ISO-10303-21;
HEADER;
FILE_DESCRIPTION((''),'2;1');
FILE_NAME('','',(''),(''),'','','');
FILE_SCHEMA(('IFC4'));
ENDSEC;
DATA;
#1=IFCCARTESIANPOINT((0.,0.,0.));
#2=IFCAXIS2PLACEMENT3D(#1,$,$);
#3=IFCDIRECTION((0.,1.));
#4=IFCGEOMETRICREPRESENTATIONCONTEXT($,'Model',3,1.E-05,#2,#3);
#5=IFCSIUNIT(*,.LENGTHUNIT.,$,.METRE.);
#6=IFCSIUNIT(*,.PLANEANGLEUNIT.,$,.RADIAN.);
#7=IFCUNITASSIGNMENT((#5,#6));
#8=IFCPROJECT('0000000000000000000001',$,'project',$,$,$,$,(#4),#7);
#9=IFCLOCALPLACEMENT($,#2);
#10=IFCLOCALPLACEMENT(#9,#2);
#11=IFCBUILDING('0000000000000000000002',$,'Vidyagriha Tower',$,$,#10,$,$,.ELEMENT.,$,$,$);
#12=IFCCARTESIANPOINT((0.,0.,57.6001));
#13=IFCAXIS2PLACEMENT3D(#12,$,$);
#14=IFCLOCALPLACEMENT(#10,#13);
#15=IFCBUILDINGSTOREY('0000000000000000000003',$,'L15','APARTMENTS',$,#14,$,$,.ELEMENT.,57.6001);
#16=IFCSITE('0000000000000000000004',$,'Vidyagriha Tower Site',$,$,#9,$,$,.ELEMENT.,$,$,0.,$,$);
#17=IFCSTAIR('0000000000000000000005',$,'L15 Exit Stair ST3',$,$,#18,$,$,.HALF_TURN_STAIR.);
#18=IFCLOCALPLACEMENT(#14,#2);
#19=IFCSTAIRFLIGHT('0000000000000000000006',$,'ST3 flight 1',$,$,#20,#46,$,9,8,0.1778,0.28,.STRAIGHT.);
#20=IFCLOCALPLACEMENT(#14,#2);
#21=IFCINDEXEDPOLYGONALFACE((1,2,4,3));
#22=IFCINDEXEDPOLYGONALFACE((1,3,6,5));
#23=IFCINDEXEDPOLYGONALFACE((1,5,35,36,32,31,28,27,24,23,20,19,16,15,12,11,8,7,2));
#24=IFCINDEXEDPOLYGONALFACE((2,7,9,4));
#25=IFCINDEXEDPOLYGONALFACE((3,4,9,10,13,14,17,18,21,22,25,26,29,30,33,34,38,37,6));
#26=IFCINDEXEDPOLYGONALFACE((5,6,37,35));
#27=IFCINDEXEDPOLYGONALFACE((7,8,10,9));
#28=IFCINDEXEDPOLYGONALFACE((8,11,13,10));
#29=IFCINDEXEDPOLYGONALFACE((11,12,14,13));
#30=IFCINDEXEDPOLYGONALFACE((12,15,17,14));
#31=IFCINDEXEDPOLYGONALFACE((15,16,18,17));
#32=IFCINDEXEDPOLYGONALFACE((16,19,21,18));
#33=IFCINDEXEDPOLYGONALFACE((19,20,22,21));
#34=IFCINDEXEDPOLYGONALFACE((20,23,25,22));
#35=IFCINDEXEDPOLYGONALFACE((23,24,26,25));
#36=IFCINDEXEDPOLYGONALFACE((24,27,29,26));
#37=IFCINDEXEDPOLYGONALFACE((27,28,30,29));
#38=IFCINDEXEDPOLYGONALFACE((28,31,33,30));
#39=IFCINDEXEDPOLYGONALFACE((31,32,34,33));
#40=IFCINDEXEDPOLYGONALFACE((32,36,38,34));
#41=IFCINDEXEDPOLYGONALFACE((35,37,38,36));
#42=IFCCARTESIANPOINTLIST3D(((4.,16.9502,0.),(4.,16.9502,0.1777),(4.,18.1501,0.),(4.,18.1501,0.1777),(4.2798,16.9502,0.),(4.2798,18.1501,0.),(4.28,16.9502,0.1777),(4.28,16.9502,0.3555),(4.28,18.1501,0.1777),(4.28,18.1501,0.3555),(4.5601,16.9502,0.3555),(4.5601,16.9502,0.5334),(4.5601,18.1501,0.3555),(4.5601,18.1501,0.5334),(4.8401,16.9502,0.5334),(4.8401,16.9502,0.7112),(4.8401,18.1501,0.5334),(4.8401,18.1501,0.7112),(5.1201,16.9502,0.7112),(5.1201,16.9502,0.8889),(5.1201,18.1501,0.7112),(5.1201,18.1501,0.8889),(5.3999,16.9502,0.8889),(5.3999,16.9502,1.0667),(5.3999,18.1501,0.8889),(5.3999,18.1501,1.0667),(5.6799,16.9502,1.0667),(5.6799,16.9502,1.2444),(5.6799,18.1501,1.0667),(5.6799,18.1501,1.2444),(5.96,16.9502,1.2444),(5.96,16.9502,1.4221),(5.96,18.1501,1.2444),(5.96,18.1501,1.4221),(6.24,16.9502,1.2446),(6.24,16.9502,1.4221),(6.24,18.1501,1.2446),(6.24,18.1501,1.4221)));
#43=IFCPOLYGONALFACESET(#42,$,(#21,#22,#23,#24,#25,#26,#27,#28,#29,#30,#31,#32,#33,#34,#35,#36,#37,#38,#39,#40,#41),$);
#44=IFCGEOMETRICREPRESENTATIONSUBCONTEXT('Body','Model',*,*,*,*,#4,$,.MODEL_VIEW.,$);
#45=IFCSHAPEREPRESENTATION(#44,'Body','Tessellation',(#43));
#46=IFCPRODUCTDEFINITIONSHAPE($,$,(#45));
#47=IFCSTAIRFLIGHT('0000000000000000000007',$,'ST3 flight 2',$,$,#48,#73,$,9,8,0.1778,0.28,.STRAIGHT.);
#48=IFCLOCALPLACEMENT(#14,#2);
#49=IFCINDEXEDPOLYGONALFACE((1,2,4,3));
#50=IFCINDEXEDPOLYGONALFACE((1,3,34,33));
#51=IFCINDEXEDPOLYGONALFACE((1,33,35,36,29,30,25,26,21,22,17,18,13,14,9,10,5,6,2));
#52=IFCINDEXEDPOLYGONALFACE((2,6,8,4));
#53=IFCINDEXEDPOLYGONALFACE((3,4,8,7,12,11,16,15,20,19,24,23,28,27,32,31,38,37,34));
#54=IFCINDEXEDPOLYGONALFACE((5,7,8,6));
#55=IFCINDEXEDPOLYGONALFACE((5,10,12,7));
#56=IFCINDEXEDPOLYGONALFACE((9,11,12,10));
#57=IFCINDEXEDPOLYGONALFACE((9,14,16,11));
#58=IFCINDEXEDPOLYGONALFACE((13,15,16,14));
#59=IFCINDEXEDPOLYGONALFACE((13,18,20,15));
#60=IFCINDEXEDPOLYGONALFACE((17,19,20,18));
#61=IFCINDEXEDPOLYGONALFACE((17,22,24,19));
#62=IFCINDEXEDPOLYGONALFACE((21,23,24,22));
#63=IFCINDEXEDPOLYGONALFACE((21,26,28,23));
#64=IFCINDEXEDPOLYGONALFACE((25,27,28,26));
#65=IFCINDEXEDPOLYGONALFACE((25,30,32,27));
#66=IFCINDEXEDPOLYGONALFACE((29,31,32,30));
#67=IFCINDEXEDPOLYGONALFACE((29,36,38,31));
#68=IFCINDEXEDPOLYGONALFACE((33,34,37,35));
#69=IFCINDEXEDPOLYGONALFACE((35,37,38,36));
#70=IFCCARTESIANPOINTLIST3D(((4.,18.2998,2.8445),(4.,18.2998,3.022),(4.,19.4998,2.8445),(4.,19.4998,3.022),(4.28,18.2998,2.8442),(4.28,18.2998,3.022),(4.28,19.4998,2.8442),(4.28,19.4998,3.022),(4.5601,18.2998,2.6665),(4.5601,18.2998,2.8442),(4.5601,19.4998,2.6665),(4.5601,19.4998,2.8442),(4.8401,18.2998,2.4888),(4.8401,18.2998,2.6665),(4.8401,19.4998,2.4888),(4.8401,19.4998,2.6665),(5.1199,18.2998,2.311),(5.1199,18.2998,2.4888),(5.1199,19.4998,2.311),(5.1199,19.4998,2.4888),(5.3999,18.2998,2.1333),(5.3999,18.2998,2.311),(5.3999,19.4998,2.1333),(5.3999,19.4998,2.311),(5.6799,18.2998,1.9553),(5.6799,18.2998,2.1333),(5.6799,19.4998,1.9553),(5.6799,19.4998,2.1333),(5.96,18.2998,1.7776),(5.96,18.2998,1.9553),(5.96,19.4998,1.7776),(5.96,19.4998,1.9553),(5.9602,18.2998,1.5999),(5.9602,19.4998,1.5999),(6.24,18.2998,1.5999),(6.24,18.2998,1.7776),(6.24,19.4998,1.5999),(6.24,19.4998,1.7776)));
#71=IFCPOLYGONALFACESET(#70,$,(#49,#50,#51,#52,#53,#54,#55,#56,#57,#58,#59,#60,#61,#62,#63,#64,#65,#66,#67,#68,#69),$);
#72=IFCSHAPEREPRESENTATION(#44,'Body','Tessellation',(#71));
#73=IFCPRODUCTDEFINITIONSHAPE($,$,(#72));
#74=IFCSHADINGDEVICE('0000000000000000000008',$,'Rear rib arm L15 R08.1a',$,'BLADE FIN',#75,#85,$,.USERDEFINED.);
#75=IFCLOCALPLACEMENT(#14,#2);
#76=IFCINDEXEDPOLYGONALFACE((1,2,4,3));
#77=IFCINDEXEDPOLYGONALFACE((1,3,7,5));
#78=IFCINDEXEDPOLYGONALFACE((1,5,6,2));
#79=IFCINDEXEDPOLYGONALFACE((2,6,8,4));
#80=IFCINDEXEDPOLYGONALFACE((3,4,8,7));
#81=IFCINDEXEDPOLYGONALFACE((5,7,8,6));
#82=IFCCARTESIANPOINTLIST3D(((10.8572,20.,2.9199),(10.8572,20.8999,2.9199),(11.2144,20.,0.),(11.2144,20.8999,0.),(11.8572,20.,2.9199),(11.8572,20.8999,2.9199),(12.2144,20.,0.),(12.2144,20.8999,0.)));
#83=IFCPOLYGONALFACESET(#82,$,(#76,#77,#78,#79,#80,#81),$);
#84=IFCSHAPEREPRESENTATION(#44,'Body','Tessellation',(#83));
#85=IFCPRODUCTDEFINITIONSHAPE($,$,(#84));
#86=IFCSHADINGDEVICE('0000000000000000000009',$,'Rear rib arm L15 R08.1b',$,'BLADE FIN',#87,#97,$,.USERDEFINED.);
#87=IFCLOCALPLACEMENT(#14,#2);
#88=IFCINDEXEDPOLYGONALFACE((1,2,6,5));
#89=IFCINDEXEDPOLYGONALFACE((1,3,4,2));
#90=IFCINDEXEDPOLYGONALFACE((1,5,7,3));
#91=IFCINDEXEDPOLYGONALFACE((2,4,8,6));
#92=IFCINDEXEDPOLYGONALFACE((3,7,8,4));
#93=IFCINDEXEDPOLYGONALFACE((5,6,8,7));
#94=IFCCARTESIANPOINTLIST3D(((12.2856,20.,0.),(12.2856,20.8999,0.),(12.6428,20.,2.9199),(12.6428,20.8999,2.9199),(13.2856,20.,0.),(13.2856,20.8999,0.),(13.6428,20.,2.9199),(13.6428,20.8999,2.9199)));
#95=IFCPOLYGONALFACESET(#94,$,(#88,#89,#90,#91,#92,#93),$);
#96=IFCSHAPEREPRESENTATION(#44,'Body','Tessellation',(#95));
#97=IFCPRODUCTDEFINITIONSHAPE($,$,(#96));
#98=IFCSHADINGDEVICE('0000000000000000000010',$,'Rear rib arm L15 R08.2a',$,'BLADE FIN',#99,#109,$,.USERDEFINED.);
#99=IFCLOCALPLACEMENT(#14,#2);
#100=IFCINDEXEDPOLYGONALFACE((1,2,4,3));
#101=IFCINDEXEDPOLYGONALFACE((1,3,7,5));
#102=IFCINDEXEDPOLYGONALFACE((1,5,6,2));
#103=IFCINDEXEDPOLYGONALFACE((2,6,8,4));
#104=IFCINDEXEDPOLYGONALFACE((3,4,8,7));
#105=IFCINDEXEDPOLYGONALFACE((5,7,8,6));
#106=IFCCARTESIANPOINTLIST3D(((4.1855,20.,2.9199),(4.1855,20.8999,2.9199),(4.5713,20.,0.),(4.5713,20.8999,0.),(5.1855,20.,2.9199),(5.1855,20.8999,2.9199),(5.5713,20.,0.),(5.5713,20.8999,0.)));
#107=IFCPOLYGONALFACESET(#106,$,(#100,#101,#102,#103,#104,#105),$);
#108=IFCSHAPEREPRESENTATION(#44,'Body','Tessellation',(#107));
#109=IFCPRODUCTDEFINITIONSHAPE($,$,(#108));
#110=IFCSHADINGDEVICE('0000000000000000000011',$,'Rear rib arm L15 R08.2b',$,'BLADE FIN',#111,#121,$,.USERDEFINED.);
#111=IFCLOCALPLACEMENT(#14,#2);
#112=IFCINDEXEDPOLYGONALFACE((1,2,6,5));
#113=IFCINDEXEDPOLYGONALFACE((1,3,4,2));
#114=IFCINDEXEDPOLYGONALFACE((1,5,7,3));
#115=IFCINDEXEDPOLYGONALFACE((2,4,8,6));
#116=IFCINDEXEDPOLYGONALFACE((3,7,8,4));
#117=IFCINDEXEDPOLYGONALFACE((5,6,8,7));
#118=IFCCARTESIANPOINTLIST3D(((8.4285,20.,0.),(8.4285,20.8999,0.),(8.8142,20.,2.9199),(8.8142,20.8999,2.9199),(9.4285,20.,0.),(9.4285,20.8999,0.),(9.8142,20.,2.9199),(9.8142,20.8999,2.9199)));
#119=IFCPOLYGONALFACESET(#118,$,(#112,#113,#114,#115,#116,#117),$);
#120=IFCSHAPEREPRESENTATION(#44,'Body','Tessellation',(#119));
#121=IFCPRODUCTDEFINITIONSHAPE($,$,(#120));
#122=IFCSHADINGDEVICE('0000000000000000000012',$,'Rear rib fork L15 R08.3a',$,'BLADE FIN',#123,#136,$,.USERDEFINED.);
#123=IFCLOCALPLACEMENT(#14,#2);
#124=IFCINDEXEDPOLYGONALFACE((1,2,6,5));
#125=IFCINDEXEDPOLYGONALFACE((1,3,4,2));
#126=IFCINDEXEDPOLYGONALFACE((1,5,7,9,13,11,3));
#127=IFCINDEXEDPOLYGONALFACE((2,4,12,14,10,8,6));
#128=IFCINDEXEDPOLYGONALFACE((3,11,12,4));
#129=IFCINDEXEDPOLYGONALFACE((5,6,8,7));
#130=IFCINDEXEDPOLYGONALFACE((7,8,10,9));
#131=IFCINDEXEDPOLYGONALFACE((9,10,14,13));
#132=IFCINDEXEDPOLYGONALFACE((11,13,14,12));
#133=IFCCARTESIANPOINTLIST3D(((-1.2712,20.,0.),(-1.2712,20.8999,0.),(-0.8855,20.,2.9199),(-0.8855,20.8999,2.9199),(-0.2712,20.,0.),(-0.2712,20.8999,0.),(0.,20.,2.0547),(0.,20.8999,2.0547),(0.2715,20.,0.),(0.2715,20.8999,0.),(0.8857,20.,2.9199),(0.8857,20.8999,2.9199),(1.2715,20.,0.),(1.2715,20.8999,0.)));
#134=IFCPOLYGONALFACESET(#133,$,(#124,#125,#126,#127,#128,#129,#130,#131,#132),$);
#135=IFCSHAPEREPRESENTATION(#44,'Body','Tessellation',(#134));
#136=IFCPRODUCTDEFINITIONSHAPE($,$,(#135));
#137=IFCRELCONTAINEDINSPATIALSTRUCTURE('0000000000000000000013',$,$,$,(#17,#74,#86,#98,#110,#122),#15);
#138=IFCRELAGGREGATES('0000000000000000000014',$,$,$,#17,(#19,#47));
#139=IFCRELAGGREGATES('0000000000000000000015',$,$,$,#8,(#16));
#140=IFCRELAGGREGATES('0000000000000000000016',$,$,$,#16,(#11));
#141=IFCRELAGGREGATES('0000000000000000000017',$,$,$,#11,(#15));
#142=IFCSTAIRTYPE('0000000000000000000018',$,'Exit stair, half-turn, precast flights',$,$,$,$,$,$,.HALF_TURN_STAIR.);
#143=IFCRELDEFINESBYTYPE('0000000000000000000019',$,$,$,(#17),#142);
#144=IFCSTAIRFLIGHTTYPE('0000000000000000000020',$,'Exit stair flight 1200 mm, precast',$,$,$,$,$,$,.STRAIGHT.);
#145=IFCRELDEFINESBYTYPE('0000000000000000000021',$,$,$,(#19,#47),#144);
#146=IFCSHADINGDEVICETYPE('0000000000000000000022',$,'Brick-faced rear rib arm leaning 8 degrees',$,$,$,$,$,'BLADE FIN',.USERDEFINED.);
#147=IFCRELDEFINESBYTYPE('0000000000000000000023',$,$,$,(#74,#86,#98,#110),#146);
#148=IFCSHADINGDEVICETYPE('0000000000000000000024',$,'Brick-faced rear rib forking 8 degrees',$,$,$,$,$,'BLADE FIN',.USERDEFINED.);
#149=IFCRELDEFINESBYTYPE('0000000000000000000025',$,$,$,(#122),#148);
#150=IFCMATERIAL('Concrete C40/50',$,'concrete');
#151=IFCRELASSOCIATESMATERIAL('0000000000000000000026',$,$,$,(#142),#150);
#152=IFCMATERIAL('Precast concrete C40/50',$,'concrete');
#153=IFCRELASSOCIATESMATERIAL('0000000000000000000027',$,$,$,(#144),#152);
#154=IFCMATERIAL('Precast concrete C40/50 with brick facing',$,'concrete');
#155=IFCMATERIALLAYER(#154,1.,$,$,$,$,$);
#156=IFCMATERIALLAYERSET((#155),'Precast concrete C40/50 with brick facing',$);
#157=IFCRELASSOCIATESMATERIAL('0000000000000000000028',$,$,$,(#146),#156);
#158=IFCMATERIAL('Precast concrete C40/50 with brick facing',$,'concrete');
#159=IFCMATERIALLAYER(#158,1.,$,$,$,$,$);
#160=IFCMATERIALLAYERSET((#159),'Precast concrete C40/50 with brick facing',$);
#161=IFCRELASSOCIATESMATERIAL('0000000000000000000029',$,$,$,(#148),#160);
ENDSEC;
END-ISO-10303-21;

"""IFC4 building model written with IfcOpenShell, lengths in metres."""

from ifc_helpers import new_model, si_unit, direction, frame, origin, place, context, subcontext, project, spatial, polyline, outline, extrude, material, layer, layer_set, type_object, element, aggregate, save


model = new_model("IFC4")

# Units and contexts
model_context = context("Model", 3, precision=1e-05, world=origin(), true_north=direction((0.0, 1.0)))
body_context = subcontext(model_context, "Body", "Model", "MODEL_VIEW")
ifc_project = project(units=[si_unit("LENGTHUNIT", "METRE"), si_unit("PLANEANGLEUNIT", "RADIAN")], contexts=[model_context])

# Site, building, storey
site_placement = place(None, origin())
site = spatial("IfcSite", under=ifc_project, at=site_placement, Name="Vidyagriha Tower Site", CompositionType="ELEMENT", RefElevation=0.0)
building_placement = place(site_placement, origin())
building = spatial("IfcBuilding", under=site, at=building_placement, Name="Vidyagriha Tower", CompositionType="ELEMENT")
storey_placement = place(building_placement, frame((0.0, 0.0, 57.6001)))
storey = spatial("IfcBuildingStorey", under=building, at=storey_placement, Name="L15", Description="APARTMENTS", CompositionType="ELEMENT", Elevation=57.6001)

# Shared definitions
ifc_material_1 = material(Name="Concrete C40/50", Category="concrete")
stair_type = type_object("IfcStairType", Name="Exit stair, half-turn, precast flights", PredefinedType="HALF_TURN_STAIR", material=ifc_material_1)
ifc_material_2 = material(Name="Precast concrete C40/50", Category="concrete")
stair_flight_type = type_object("IfcStairFlightType", Name="Exit stair flight 1200 mm, precast", PredefinedType="STRAIGHT", material=ifc_material_2)

# Stair, stair flights
stair_1_placement = place(storey_placement, origin())
stair_1 = element("IfcStair", 1, at=stair_1_placement, inside=storey, type_object=stair_type, Name="L15 Exit Stair ST3", PredefinedType="HALF_TURN_STAIR")
stair_flight_1_placement = place(storey_placement, frame((4.0, 17.55, 0.0)))
stair_flight_1 = element("IfcStairFlight", 2, at=stair_flight_1_placement, type_object=stair_flight_type, Name="ST3 flight 1", NumberOfRisers=9, NumberOfTreads=8, PredefinedType="STRAIGHT", RiserHeight=0.1778, TreadLength=0.28, context=body_context, shape_type="SweptSolid", body=[
    extrude(outline(polyline([(0.0, 0.0), (0.0, 0.1777), (0.28, 0.1777), (0.28, 0.3555), (0.5601, 0.3555), (0.5601, 0.5334), (0.8401, 0.5334), (0.8401, 0.7112), (1.1201, 0.7112), (1.1201, 0.8889), (1.3999, 0.8889), (1.3999, 1.0667), (1.6799, 1.0667), (1.6799, 1.2444), (1.96, 1.2444), (1.96, 1.4221), (2.24, 1.4221), (2.24, 1.6001), (2.24, 1.2446), (0.2798, 0.0), (0.0, 0.0)])), frame((0.0, 0.6001, 0.0), z_axis=(0.0, -1.0, 0.0), x_axis=(1.0, 0.0, 0.0)), (0.0, 0.0, 1.0), 1.2),
])
stair_flight_2_placement = place(storey_placement, frame((6.24, 18.8999, 1.5999), z_axis=(0.0, 0.0, 1.0), x_axis=(-1.0, 0.0, 0.0)))
stair_flight_2 = element("IfcStairFlight", 3, at=stair_flight_2_placement, type_object=stair_flight_type, Name="ST3 flight 2", NumberOfRisers=9, NumberOfTreads=8, PredefinedType="STRAIGHT", RiserHeight=0.1778, TreadLength=0.28, context=body_context, shape_type="SweptSolid", body=[
    extrude(outline(polyline([(0.0, 0.0), (0.0, 0.1777), (0.28, 0.1777), (0.28, 0.3555), (0.5601, 0.3555), (0.5601, 0.5334), (0.8401, 0.5334), (0.8401, 0.7112), (1.1201, 0.7112), (1.1201, 0.8889), (1.3999, 0.8889), (1.3999, 1.0667), (1.6799, 1.0667), (1.6799, 1.2444), (1.96, 1.2444), (1.96, 1.4221), (2.24, 1.4221), (2.24, 1.6001), (2.24, 1.2446), (0.2798, 0.0), (0.0, 0.0)])), frame((0.0, 0.6001, 0.0), z_axis=(0.0, -1.0, 0.0), x_axis=(1.0, 0.0, 0.0)), (0.0, 0.0, 1.0), 1.2),
])
aggregate(stair_1, [stair_flight_1, stair_flight_2])

# Shading devices
ifc_material_3 = material(Name="Precast concrete C40/50 with brick facing", Category="concrete")
ifc_layer_1 = layer(ifc_material_3, 1.0)
ifc_layer_set_1 = layer_set([ifc_layer_1], Name="Precast concrete C40/50 with brick facing")
shading_device_type_1 = type_object("IfcShadingDeviceType", Name="Brick-faced rear rib arm leaning 8 degrees", ElementType="BLADE FIN", PredefinedType="USERDEFINED", material=ifc_layer_set_1)
shading_device_1_placement = place(storey_placement, frame((12.2144, 20.45, 0.0), z_axis=(0.0, 0.0, 1.0), x_axis=(-1.0, 0.0, 0.0)))
element("IfcShadingDevice", 4, at=shading_device_1_placement, inside=storey, type_object=shading_device_type_1, Name="Rear rib arm L15 R08.1a", ObjectType="BLADE FIN", PredefinedType="USERDEFINED", context=body_context, shape_type="SweptSolid", body=[
    extrude(outline(polyline([(0.0, 0.0), (1.0, 0.0), (1.3572, 2.9199), (0.3572, 2.9199), (0.0, 0.0)])), frame((0.0, 0.45, 0.0), z_axis=(0.0, -1.0, 0.0), x_axis=(1.0, 0.0, 0.0)), (0.0, 0.0, 1.0), 0.8999),
])
shading_device_2_placement = place(storey_placement, frame((13.6428, 20.45, 0.0), z_axis=(0.0, 0.0, 1.0), x_axis=(-1.0, 0.0, 0.0)))
element("IfcShadingDevice", 5, at=shading_device_2_placement, inside=storey, type_object=shading_device_type_1, Name="Rear rib arm L15 R08.1b", ObjectType="BLADE FIN", PredefinedType="USERDEFINED", context=body_context, shape_type="SweptSolid", body=[
    extrude(outline(polyline([(0.3572, 0.0), (1.3572, 0.0), (1.0, 2.9199), (0.0, 2.9199), (0.3572, 0.0)])), frame((0.0, 0.45, 0.0), z_axis=(0.0, -1.0, 0.0), x_axis=(1.0, 0.0, 0.0)), (0.0, 0.0, 1.0), 0.8999),
])
shading_device_3_placement = place(storey_placement, frame((5.5713, 20.45, 0.0), z_axis=(0.0, 0.0, 1.0), x_axis=(-1.0, 0.0, 0.0)))
element("IfcShadingDevice", 6, at=shading_device_3_placement, inside=storey, type_object=shading_device_type_1, Name="Rear rib arm L15 R08.2a", ObjectType="BLADE FIN", PredefinedType="USERDEFINED", context=body_context, shape_type="SweptSolid", body=[
    extrude(outline(polyline([(0.0, 0.0), (1.0, 0.0), (1.3857, 2.9199), (0.3857, 2.9199), (0.0, 0.0)])), frame((0.0, 0.45, 0.0), z_axis=(0.0, -1.0, 0.0), x_axis=(1.0, 0.0, 0.0)), (0.0, 0.0, 1.0), 0.8999),
])
shading_device_4_placement = place(storey_placement, frame((9.8142, 20.45, 0.0), z_axis=(0.0, 0.0, 1.0), x_axis=(-1.0, 0.0, 0.0)))
element("IfcShadingDevice", 7, at=shading_device_4_placement, inside=storey, type_object=shading_device_type_1, Name="Rear rib arm L15 R08.2b", ObjectType="BLADE FIN", PredefinedType="USERDEFINED", context=body_context, shape_type="SweptSolid", body=[
    extrude(outline(polyline([(0.3857, 0.0), (1.3857, 0.0), (1.0, 2.9199), (0.0, 2.9199), (0.3857, 0.0)])), frame((0.0, 0.45, 0.0), z_axis=(0.0, -1.0, 0.0), x_axis=(1.0, 0.0, 0.0)), (0.0, 0.0, 1.0), 0.8999),
])
ifc_material_4 = material(Name="Precast concrete C40/50 with brick facing", Category="concrete")
ifc_layer_2 = layer(ifc_material_4, 1.0)
ifc_layer_set_2 = layer_set([ifc_layer_2], Name="Precast concrete C40/50 with brick facing")
shading_device_type_2 = type_object("IfcShadingDeviceType", Name="Brick-faced rear rib forking 8 degrees", ElementType="BLADE FIN", PredefinedType="USERDEFINED", material=ifc_layer_set_2)
shading_device_5_placement = place(storey_placement, frame((1.2715, 20.45, 0.0), z_axis=(0.0, 0.0, 1.0), x_axis=(-1.0, 0.0, 0.0)))
element("IfcShadingDevice", 8, at=shading_device_5_placement, inside=storey, type_object=shading_device_type_2, Name="Rear rib fork L15 R08.3a", ObjectType="BLADE FIN", PredefinedType="USERDEFINED", context=body_context, shape_type="SweptSolid", body=[
    extrude(outline(polyline([(1.0, 0.0), (1.2715, 2.0547), (1.5427, 0.0), (2.5427, 0.0), (2.157, 2.9199), (0.3857, 2.9199), (0.0, 0.0), (1.0, 0.0)])), frame((0.0, 0.45, 0.0), z_axis=(0.0, -1.0, 0.0), x_axis=(1.0, 0.0, 0.0)), (0.0, 0.0, 1.0), 0.8999),
])

save(model, "model.ifc")
